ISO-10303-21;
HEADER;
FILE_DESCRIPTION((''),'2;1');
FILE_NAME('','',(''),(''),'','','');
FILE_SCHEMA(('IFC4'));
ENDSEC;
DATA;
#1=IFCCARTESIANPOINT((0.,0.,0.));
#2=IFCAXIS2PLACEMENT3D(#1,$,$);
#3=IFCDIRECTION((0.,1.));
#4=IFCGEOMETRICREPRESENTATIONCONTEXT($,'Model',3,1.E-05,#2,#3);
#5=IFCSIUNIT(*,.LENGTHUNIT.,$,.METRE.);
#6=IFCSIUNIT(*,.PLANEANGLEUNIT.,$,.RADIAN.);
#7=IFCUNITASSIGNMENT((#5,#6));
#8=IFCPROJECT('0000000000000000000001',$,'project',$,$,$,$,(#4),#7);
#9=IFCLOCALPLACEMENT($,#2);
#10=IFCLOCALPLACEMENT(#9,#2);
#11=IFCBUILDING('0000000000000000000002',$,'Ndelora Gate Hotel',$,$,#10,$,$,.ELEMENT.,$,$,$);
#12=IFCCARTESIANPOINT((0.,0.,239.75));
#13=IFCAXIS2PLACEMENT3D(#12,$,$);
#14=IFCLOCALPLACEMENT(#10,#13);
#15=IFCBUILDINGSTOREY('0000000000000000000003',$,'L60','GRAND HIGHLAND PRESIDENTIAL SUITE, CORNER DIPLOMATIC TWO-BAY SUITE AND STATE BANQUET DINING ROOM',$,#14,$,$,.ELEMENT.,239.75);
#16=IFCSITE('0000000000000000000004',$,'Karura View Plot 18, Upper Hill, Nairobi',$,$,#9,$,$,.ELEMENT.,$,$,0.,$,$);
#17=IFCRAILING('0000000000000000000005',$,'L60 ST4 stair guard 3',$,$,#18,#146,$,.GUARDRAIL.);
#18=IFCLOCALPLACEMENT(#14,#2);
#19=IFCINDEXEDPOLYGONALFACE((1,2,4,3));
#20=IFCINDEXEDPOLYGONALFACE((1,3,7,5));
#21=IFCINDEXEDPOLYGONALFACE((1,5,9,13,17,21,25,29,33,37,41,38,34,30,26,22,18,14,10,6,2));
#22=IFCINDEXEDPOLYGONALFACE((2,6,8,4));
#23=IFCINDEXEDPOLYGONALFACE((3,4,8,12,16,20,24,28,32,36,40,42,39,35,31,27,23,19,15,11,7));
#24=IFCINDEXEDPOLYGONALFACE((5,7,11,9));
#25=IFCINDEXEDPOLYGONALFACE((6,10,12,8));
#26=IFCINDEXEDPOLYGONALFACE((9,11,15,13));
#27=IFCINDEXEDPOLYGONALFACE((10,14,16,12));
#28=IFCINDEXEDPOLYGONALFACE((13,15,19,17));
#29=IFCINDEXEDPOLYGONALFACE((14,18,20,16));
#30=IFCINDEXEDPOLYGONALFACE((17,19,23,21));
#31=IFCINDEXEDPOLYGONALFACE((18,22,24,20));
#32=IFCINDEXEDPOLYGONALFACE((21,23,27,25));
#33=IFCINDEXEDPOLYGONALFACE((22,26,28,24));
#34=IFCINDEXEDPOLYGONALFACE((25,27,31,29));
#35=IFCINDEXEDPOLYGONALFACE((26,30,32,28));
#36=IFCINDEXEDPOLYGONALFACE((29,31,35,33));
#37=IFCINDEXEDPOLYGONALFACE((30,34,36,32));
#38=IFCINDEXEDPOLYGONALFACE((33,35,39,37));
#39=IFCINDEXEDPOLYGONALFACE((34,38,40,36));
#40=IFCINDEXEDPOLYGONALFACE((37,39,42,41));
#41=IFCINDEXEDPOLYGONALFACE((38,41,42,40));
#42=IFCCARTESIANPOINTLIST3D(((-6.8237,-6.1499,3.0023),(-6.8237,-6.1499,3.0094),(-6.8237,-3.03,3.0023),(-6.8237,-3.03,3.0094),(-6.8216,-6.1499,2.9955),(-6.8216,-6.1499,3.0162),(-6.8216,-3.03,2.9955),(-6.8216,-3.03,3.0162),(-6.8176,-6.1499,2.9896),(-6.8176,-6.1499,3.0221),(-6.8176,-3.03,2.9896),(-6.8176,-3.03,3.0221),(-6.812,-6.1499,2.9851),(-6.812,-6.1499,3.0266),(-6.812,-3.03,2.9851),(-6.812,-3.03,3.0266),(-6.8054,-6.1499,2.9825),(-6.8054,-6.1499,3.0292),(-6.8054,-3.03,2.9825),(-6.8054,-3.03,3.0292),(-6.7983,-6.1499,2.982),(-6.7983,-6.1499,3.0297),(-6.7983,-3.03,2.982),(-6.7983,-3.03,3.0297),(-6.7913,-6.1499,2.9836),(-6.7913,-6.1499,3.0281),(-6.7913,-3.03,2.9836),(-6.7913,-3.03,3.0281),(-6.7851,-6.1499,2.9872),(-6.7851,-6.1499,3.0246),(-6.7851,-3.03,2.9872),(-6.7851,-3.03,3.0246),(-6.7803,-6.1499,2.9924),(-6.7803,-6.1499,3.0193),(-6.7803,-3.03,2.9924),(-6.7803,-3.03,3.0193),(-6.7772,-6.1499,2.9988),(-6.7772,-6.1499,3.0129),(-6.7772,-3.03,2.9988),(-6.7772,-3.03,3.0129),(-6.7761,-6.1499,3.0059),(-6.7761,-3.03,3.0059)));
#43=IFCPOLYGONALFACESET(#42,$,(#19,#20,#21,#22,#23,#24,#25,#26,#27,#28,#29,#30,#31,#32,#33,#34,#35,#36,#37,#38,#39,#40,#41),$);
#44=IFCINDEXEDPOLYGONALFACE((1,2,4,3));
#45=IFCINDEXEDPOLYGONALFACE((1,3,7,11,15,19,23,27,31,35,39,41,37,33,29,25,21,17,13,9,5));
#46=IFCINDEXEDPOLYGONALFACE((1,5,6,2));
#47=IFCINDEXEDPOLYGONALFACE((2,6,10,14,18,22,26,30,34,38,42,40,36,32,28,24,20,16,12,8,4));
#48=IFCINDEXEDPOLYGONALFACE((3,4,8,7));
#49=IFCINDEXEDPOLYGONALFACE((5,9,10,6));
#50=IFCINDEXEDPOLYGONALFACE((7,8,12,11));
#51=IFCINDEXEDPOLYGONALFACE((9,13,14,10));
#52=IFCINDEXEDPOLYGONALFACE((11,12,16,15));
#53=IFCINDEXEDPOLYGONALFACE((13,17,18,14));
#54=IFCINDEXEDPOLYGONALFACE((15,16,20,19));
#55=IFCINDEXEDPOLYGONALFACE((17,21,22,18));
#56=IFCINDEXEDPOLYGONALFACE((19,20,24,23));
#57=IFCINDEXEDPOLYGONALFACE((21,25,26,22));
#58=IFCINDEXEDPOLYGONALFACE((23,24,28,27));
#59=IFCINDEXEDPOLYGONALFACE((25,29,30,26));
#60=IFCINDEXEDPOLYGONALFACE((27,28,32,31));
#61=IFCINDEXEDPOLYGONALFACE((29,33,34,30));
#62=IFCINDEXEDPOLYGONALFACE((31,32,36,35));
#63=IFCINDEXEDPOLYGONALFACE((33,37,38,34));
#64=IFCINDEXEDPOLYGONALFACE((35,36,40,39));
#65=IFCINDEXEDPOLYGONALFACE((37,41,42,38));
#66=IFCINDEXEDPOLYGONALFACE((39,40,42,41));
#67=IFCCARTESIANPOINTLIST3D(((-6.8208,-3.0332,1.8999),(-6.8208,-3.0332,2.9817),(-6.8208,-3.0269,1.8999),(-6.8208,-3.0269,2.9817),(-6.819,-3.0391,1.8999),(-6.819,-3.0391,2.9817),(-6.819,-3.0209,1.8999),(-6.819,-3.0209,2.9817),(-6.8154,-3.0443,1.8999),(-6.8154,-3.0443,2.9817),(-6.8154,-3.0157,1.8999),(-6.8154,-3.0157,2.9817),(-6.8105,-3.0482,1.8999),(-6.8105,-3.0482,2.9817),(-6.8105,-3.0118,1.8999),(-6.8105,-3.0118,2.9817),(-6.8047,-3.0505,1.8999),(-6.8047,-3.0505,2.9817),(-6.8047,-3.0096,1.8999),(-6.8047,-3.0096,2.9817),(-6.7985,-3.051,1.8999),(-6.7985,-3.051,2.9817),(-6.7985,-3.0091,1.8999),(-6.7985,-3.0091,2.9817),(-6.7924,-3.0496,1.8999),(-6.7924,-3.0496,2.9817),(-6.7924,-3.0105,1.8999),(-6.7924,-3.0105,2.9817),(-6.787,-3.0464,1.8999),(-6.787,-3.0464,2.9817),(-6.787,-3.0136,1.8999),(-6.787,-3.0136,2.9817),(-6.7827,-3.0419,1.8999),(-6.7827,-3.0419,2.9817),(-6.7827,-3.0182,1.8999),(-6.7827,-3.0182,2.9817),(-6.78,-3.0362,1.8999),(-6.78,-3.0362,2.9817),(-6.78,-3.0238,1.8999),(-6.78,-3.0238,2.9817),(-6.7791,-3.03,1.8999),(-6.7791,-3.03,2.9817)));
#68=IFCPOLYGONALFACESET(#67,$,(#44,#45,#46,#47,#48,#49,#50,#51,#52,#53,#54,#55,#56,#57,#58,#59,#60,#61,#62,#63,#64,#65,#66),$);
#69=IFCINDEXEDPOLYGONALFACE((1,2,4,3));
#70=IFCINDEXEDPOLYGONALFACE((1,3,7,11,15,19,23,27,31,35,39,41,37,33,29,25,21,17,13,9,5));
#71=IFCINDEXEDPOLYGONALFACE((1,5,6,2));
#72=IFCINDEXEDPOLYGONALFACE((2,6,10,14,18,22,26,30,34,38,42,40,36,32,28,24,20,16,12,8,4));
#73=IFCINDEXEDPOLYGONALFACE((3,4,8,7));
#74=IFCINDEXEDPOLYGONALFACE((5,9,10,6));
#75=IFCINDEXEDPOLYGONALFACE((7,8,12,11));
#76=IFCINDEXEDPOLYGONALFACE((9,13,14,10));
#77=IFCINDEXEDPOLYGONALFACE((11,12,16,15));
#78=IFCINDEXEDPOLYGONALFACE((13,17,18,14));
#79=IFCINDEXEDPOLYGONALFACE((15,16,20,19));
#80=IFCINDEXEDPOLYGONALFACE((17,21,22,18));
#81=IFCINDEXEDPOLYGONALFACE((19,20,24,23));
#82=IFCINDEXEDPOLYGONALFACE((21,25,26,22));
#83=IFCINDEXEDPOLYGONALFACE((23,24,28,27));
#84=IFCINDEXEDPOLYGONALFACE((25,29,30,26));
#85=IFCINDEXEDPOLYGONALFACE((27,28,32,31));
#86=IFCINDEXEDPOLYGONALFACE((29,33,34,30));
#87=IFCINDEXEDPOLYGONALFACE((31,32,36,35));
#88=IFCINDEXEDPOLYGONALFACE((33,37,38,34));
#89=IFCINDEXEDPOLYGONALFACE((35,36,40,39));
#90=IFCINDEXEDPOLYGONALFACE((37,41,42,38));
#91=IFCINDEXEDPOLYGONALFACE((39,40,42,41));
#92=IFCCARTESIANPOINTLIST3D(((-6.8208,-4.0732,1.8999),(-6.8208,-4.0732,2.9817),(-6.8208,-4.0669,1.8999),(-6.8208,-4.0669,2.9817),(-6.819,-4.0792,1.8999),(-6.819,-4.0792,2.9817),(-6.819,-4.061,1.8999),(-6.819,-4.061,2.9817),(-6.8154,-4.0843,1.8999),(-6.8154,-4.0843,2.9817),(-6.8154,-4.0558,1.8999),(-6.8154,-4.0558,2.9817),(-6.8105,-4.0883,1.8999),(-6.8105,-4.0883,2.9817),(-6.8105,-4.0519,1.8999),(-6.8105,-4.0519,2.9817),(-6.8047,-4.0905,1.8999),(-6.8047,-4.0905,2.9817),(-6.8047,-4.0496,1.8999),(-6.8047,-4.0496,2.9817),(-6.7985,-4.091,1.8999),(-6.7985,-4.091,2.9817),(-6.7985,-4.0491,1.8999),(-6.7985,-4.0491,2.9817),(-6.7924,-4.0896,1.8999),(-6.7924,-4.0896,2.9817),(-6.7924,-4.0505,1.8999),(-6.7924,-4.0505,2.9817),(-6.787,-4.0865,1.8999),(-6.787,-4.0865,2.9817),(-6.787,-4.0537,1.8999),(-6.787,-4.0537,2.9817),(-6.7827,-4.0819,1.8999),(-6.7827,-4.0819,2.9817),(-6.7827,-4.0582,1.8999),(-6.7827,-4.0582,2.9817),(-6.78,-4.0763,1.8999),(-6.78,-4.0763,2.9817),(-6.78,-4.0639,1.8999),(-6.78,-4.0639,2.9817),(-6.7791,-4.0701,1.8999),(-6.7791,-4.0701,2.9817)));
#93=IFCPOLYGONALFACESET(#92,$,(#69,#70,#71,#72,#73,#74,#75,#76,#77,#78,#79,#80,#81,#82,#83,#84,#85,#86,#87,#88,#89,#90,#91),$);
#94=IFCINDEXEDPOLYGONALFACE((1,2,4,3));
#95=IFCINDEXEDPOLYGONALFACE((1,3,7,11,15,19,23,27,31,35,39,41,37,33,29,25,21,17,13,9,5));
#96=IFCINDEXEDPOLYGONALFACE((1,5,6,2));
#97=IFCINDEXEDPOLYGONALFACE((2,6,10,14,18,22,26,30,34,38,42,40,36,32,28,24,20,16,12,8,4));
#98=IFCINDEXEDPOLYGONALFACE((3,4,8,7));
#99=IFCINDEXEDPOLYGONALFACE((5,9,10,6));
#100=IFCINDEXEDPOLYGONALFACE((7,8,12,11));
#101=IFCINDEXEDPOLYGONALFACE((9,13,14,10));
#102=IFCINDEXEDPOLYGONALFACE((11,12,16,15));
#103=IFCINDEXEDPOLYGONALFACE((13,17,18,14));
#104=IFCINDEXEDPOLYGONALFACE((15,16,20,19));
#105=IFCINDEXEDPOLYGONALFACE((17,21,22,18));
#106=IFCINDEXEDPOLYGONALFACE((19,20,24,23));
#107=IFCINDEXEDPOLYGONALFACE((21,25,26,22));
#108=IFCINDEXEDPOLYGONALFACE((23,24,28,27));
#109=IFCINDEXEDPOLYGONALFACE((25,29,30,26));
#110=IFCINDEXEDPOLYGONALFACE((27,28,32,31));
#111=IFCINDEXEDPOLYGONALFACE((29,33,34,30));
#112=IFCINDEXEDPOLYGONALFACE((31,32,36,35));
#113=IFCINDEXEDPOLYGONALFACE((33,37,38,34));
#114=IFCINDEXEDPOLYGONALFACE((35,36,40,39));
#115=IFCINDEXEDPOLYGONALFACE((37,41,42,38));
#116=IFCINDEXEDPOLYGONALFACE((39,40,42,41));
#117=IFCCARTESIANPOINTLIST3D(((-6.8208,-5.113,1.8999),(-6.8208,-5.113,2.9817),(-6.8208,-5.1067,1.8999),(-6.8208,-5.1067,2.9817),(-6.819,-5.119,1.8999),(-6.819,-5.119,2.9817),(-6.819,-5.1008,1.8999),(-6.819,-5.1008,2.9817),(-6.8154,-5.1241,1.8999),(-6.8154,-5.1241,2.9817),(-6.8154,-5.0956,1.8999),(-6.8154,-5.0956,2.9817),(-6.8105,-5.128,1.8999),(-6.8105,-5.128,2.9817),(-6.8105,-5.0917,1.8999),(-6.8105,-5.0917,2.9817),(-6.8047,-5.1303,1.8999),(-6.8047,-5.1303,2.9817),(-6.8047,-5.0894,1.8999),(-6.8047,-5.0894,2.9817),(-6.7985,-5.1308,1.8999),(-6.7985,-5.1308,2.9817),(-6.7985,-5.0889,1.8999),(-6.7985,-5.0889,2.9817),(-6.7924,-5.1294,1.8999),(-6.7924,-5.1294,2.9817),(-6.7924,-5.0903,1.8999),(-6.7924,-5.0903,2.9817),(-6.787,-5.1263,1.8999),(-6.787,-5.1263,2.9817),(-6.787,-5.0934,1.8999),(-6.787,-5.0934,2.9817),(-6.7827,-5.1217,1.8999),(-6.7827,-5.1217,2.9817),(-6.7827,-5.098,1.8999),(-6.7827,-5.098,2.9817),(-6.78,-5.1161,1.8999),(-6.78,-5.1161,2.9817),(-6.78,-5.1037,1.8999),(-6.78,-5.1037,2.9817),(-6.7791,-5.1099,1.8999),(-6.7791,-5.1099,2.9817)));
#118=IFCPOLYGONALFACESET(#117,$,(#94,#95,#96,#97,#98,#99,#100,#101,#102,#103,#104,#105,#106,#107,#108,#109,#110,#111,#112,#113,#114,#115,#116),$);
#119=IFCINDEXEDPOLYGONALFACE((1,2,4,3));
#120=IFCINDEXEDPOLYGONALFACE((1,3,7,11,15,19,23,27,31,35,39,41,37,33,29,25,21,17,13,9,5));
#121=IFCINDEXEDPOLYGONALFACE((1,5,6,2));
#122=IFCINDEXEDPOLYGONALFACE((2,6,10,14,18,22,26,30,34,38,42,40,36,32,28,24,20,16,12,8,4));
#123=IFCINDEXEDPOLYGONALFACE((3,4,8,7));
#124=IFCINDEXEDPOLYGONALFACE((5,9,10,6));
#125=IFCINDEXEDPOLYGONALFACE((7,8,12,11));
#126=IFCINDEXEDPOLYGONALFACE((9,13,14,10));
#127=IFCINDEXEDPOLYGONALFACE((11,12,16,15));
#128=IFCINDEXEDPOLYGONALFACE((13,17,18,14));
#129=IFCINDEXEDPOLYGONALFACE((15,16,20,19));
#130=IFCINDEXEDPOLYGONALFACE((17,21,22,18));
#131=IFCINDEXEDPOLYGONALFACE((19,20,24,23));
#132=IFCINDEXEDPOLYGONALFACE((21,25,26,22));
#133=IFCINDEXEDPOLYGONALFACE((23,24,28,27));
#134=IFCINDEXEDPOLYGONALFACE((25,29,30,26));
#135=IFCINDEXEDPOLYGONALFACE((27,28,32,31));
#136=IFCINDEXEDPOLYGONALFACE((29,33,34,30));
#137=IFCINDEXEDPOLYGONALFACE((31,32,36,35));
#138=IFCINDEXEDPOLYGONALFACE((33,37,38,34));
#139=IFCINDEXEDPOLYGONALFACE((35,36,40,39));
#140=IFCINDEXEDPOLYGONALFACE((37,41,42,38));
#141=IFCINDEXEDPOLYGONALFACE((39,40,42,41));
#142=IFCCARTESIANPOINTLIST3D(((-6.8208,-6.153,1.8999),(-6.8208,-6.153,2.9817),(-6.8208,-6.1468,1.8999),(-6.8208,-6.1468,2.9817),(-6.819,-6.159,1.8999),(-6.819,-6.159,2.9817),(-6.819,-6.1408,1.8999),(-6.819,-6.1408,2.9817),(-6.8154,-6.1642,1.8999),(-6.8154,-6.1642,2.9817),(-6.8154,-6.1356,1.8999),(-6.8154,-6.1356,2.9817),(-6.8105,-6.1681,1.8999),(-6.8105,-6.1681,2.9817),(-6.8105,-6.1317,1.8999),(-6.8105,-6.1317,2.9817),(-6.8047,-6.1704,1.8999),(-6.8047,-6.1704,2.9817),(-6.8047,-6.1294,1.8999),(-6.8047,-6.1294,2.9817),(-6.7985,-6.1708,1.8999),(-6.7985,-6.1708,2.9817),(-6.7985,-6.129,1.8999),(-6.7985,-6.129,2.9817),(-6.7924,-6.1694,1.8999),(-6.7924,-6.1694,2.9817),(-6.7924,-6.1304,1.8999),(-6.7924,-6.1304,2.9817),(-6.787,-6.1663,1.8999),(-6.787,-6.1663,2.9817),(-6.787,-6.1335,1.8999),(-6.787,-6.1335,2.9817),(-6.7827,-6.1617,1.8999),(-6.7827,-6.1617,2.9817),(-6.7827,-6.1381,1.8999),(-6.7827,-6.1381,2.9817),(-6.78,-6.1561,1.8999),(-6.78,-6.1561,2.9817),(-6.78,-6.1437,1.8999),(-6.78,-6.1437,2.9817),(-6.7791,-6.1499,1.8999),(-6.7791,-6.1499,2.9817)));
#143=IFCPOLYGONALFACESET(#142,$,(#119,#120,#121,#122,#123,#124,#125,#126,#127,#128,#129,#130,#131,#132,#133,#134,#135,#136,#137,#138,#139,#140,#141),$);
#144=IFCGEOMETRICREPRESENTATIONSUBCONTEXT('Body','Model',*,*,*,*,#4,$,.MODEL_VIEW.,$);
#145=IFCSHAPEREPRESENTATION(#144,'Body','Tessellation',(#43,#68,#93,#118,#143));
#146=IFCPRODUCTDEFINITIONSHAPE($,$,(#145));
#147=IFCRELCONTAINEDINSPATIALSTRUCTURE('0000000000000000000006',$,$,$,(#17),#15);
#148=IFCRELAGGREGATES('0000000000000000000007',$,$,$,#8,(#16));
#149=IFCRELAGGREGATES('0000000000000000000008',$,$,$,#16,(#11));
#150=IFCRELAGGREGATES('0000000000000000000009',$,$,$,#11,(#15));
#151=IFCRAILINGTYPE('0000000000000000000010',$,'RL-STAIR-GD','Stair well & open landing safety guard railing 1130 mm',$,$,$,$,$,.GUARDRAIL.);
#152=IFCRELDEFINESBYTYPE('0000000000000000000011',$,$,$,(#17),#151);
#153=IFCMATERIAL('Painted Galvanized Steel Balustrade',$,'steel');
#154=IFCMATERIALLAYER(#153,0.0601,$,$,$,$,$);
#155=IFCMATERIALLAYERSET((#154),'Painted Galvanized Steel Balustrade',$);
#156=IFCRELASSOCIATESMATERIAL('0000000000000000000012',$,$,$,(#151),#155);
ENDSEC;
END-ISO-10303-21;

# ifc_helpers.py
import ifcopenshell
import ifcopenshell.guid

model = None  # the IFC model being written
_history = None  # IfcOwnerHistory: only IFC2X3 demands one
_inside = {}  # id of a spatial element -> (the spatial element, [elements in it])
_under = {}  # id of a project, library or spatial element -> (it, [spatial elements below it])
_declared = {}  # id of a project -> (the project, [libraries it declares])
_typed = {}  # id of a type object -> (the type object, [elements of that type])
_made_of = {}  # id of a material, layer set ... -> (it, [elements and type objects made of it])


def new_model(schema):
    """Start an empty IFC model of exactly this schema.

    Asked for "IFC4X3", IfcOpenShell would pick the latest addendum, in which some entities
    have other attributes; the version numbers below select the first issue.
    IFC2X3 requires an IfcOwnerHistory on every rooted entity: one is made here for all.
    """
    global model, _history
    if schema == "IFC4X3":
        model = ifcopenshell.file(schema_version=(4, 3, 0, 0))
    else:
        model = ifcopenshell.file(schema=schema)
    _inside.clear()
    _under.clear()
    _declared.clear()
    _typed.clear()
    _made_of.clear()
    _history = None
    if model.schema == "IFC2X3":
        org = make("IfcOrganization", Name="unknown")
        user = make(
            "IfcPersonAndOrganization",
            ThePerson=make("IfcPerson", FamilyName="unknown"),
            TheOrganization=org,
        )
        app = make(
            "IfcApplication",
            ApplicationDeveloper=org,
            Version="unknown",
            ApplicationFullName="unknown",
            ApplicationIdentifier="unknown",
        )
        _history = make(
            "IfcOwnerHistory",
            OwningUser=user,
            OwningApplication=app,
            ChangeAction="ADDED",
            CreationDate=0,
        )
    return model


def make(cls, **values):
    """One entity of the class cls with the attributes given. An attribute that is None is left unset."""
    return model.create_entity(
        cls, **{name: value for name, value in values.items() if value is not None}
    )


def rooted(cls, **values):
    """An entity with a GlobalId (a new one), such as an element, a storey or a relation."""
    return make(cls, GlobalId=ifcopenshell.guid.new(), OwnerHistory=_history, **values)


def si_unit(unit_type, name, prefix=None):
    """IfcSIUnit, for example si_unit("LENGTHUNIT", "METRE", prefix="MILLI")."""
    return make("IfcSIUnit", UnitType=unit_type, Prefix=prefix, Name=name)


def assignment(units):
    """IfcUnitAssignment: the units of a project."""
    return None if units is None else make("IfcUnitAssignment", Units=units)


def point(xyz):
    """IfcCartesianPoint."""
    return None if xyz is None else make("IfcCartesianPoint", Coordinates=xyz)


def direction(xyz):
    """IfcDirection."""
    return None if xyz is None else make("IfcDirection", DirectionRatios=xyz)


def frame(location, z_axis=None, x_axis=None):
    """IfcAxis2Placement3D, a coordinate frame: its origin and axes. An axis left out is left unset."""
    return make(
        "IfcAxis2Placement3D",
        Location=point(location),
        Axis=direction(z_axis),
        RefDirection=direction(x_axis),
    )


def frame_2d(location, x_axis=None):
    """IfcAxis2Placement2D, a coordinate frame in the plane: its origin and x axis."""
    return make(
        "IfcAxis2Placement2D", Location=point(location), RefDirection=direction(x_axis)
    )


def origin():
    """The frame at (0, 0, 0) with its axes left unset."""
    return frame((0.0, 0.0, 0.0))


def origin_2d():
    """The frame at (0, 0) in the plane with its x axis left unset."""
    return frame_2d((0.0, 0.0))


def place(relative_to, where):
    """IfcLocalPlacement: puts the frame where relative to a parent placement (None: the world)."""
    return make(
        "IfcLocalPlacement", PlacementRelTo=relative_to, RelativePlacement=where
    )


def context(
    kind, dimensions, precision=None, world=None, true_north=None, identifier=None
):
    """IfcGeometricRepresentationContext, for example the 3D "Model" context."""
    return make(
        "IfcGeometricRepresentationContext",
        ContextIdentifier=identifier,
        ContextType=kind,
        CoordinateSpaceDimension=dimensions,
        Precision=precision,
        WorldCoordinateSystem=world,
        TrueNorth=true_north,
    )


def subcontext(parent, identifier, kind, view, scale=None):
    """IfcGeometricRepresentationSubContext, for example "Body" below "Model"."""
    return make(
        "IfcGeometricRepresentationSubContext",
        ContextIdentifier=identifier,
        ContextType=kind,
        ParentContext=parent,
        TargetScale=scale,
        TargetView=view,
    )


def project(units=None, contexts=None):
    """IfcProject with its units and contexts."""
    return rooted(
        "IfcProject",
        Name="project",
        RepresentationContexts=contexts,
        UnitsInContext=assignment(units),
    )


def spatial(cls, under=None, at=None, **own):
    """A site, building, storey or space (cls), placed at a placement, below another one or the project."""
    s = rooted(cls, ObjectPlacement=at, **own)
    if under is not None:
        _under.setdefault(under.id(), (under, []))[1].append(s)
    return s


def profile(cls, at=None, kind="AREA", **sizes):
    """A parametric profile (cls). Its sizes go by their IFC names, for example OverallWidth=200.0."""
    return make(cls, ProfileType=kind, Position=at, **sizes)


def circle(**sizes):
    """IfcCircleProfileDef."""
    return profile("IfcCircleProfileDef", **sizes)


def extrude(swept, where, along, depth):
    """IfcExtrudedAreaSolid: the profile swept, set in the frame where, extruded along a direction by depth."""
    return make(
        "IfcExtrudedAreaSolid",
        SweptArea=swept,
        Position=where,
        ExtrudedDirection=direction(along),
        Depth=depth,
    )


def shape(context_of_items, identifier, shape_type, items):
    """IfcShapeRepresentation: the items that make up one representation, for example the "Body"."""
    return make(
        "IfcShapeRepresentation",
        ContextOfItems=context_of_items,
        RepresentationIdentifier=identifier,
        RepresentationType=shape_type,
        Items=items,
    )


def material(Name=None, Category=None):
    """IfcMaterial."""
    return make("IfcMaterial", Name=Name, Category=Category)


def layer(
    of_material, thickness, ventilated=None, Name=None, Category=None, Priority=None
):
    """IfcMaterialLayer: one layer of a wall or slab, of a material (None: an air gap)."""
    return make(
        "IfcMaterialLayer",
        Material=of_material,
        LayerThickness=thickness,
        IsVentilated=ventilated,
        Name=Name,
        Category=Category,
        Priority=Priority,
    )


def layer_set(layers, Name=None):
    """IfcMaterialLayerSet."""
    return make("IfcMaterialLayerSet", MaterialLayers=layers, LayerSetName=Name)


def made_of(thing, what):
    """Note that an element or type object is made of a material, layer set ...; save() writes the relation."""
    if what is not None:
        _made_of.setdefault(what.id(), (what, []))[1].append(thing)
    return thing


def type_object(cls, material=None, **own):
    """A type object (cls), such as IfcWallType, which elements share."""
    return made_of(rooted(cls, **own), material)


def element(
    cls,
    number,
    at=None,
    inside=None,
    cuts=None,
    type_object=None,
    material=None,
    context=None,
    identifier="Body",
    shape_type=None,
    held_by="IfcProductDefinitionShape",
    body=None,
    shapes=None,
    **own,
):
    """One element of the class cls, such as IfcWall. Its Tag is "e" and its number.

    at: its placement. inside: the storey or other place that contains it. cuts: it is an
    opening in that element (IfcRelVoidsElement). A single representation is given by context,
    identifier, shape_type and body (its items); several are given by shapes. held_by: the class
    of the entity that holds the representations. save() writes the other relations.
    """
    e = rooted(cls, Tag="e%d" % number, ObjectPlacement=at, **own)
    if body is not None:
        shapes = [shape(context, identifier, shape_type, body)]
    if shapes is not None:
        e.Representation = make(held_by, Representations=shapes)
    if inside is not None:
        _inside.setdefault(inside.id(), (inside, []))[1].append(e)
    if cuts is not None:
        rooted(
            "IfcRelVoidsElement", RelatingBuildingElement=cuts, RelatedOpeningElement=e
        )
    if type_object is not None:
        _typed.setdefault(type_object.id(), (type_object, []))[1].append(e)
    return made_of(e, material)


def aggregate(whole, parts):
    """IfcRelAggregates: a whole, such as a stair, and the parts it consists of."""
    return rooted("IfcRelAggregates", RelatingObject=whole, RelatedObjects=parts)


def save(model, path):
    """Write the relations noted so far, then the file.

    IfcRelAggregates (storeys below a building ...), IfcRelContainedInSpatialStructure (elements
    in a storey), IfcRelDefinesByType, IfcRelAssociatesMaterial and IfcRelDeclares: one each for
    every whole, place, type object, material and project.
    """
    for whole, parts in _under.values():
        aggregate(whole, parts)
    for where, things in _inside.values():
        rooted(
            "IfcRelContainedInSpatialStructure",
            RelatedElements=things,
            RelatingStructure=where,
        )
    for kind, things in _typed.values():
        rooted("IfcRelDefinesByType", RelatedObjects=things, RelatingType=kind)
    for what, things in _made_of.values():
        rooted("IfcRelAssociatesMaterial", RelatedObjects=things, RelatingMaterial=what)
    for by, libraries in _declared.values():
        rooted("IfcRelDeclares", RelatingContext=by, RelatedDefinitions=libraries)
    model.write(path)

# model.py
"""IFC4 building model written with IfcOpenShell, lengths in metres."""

from ifc_helpers import new_model, si_unit, direction, frame, origin, origin_2d, place, context, subcontext, project, spatial, circle, extrude, material, layer, layer_set, type_object, element, save


model = new_model("IFC4")

# Units and contexts
model_context = context("Model", 3, precision=1e-05, world=origin(), true_north=direction((0.0, 1.0)))
body_context = subcontext(model_context, "Body", "Model", "MODEL_VIEW")
ifc_project = project(units=[si_unit("LENGTHUNIT", "METRE"), si_unit("PLANEANGLEUNIT", "RADIAN")], contexts=[model_context])

# Site, building, storey
site_placement = place(None, origin())
site = spatial("IfcSite", under=ifc_project, at=site_placement, Name="Karura View Plot 18, Upper Hill, Nairobi", CompositionType="ELEMENT", RefElevation=0.0)
building_placement = place(site_placement, origin())
building = spatial("IfcBuilding", under=site, at=building_placement, Name="Ndelora Gate Hotel", CompositionType="ELEMENT")
storey_placement = place(building_placement, frame((0.0, 0.0, 239.75)))
storey = spatial("IfcBuildingStorey", under=building, at=storey_placement, Name="L60", Description="GRAND HIGHLAND PRESIDENTIAL SUITE, CORNER DIPLOMATIC TWO-BAY SUITE AND STATE BANQUET DINING ROOM", CompositionType="ELEMENT", Elevation=239.75)

# Railing
ifc_material_1 = material(Name="Painted Galvanized Steel Balustrade", Category="steel")
ifc_layer_1 = layer(ifc_material_1, 0.0601)
ifc_layer_set_1 = layer_set([ifc_layer_1], Name="Painted Galvanized Steel Balustrade")
railing_type_1 = type_object("IfcRailingType", Name="RL-STAIR-GD", Description="Stair well & open landing safety guard railing 1130 mm", PredefinedType="GUARDRAIL", material=ifc_layer_set_1)
for number, where, name in (
    (1, (-6.8, -3.03, 1.8999), "L60 ST4 stair guard 3"),
):
    element("IfcRailing", number, at=place(storey_placement, frame(where)), inside=storey, type_object=railing_type_1, Name=name, PredefinedType="GUARDRAIL", context=body_context, shape_type="SweptSolid", body=[
        extrude(circle(Radius=0.0239, at=origin_2d()), frame((0.0, 0.0, 1.106), z_axis=(0.0, -1.0, 0.0), x_axis=(1.0, 0.0, 0.0)), (0.0, 0.0, 1.0), 3.1199),
        extrude(circle(Radius=0.021, at=origin_2d()), origin(), (0.0, 0.0, 1.0), 1.0818),
        extrude(circle(Radius=0.021, at=origin_2d()), frame((0.0, -1.04, 0.0)), (0.0, 0.0, 1.0), 1.0818),
        extrude(circle(Radius=0.021, at=origin_2d()), frame((0.0, -2.0798, 0.0)), (0.0, 0.0, 1.0), 1.0818),
        extrude(circle(Radius=0.021, at=origin_2d()), frame((0.0, -3.1199, 0.0)), (0.0, 0.0, 1.0), 1.0818),
    ])

save(model, "model.ifc")
